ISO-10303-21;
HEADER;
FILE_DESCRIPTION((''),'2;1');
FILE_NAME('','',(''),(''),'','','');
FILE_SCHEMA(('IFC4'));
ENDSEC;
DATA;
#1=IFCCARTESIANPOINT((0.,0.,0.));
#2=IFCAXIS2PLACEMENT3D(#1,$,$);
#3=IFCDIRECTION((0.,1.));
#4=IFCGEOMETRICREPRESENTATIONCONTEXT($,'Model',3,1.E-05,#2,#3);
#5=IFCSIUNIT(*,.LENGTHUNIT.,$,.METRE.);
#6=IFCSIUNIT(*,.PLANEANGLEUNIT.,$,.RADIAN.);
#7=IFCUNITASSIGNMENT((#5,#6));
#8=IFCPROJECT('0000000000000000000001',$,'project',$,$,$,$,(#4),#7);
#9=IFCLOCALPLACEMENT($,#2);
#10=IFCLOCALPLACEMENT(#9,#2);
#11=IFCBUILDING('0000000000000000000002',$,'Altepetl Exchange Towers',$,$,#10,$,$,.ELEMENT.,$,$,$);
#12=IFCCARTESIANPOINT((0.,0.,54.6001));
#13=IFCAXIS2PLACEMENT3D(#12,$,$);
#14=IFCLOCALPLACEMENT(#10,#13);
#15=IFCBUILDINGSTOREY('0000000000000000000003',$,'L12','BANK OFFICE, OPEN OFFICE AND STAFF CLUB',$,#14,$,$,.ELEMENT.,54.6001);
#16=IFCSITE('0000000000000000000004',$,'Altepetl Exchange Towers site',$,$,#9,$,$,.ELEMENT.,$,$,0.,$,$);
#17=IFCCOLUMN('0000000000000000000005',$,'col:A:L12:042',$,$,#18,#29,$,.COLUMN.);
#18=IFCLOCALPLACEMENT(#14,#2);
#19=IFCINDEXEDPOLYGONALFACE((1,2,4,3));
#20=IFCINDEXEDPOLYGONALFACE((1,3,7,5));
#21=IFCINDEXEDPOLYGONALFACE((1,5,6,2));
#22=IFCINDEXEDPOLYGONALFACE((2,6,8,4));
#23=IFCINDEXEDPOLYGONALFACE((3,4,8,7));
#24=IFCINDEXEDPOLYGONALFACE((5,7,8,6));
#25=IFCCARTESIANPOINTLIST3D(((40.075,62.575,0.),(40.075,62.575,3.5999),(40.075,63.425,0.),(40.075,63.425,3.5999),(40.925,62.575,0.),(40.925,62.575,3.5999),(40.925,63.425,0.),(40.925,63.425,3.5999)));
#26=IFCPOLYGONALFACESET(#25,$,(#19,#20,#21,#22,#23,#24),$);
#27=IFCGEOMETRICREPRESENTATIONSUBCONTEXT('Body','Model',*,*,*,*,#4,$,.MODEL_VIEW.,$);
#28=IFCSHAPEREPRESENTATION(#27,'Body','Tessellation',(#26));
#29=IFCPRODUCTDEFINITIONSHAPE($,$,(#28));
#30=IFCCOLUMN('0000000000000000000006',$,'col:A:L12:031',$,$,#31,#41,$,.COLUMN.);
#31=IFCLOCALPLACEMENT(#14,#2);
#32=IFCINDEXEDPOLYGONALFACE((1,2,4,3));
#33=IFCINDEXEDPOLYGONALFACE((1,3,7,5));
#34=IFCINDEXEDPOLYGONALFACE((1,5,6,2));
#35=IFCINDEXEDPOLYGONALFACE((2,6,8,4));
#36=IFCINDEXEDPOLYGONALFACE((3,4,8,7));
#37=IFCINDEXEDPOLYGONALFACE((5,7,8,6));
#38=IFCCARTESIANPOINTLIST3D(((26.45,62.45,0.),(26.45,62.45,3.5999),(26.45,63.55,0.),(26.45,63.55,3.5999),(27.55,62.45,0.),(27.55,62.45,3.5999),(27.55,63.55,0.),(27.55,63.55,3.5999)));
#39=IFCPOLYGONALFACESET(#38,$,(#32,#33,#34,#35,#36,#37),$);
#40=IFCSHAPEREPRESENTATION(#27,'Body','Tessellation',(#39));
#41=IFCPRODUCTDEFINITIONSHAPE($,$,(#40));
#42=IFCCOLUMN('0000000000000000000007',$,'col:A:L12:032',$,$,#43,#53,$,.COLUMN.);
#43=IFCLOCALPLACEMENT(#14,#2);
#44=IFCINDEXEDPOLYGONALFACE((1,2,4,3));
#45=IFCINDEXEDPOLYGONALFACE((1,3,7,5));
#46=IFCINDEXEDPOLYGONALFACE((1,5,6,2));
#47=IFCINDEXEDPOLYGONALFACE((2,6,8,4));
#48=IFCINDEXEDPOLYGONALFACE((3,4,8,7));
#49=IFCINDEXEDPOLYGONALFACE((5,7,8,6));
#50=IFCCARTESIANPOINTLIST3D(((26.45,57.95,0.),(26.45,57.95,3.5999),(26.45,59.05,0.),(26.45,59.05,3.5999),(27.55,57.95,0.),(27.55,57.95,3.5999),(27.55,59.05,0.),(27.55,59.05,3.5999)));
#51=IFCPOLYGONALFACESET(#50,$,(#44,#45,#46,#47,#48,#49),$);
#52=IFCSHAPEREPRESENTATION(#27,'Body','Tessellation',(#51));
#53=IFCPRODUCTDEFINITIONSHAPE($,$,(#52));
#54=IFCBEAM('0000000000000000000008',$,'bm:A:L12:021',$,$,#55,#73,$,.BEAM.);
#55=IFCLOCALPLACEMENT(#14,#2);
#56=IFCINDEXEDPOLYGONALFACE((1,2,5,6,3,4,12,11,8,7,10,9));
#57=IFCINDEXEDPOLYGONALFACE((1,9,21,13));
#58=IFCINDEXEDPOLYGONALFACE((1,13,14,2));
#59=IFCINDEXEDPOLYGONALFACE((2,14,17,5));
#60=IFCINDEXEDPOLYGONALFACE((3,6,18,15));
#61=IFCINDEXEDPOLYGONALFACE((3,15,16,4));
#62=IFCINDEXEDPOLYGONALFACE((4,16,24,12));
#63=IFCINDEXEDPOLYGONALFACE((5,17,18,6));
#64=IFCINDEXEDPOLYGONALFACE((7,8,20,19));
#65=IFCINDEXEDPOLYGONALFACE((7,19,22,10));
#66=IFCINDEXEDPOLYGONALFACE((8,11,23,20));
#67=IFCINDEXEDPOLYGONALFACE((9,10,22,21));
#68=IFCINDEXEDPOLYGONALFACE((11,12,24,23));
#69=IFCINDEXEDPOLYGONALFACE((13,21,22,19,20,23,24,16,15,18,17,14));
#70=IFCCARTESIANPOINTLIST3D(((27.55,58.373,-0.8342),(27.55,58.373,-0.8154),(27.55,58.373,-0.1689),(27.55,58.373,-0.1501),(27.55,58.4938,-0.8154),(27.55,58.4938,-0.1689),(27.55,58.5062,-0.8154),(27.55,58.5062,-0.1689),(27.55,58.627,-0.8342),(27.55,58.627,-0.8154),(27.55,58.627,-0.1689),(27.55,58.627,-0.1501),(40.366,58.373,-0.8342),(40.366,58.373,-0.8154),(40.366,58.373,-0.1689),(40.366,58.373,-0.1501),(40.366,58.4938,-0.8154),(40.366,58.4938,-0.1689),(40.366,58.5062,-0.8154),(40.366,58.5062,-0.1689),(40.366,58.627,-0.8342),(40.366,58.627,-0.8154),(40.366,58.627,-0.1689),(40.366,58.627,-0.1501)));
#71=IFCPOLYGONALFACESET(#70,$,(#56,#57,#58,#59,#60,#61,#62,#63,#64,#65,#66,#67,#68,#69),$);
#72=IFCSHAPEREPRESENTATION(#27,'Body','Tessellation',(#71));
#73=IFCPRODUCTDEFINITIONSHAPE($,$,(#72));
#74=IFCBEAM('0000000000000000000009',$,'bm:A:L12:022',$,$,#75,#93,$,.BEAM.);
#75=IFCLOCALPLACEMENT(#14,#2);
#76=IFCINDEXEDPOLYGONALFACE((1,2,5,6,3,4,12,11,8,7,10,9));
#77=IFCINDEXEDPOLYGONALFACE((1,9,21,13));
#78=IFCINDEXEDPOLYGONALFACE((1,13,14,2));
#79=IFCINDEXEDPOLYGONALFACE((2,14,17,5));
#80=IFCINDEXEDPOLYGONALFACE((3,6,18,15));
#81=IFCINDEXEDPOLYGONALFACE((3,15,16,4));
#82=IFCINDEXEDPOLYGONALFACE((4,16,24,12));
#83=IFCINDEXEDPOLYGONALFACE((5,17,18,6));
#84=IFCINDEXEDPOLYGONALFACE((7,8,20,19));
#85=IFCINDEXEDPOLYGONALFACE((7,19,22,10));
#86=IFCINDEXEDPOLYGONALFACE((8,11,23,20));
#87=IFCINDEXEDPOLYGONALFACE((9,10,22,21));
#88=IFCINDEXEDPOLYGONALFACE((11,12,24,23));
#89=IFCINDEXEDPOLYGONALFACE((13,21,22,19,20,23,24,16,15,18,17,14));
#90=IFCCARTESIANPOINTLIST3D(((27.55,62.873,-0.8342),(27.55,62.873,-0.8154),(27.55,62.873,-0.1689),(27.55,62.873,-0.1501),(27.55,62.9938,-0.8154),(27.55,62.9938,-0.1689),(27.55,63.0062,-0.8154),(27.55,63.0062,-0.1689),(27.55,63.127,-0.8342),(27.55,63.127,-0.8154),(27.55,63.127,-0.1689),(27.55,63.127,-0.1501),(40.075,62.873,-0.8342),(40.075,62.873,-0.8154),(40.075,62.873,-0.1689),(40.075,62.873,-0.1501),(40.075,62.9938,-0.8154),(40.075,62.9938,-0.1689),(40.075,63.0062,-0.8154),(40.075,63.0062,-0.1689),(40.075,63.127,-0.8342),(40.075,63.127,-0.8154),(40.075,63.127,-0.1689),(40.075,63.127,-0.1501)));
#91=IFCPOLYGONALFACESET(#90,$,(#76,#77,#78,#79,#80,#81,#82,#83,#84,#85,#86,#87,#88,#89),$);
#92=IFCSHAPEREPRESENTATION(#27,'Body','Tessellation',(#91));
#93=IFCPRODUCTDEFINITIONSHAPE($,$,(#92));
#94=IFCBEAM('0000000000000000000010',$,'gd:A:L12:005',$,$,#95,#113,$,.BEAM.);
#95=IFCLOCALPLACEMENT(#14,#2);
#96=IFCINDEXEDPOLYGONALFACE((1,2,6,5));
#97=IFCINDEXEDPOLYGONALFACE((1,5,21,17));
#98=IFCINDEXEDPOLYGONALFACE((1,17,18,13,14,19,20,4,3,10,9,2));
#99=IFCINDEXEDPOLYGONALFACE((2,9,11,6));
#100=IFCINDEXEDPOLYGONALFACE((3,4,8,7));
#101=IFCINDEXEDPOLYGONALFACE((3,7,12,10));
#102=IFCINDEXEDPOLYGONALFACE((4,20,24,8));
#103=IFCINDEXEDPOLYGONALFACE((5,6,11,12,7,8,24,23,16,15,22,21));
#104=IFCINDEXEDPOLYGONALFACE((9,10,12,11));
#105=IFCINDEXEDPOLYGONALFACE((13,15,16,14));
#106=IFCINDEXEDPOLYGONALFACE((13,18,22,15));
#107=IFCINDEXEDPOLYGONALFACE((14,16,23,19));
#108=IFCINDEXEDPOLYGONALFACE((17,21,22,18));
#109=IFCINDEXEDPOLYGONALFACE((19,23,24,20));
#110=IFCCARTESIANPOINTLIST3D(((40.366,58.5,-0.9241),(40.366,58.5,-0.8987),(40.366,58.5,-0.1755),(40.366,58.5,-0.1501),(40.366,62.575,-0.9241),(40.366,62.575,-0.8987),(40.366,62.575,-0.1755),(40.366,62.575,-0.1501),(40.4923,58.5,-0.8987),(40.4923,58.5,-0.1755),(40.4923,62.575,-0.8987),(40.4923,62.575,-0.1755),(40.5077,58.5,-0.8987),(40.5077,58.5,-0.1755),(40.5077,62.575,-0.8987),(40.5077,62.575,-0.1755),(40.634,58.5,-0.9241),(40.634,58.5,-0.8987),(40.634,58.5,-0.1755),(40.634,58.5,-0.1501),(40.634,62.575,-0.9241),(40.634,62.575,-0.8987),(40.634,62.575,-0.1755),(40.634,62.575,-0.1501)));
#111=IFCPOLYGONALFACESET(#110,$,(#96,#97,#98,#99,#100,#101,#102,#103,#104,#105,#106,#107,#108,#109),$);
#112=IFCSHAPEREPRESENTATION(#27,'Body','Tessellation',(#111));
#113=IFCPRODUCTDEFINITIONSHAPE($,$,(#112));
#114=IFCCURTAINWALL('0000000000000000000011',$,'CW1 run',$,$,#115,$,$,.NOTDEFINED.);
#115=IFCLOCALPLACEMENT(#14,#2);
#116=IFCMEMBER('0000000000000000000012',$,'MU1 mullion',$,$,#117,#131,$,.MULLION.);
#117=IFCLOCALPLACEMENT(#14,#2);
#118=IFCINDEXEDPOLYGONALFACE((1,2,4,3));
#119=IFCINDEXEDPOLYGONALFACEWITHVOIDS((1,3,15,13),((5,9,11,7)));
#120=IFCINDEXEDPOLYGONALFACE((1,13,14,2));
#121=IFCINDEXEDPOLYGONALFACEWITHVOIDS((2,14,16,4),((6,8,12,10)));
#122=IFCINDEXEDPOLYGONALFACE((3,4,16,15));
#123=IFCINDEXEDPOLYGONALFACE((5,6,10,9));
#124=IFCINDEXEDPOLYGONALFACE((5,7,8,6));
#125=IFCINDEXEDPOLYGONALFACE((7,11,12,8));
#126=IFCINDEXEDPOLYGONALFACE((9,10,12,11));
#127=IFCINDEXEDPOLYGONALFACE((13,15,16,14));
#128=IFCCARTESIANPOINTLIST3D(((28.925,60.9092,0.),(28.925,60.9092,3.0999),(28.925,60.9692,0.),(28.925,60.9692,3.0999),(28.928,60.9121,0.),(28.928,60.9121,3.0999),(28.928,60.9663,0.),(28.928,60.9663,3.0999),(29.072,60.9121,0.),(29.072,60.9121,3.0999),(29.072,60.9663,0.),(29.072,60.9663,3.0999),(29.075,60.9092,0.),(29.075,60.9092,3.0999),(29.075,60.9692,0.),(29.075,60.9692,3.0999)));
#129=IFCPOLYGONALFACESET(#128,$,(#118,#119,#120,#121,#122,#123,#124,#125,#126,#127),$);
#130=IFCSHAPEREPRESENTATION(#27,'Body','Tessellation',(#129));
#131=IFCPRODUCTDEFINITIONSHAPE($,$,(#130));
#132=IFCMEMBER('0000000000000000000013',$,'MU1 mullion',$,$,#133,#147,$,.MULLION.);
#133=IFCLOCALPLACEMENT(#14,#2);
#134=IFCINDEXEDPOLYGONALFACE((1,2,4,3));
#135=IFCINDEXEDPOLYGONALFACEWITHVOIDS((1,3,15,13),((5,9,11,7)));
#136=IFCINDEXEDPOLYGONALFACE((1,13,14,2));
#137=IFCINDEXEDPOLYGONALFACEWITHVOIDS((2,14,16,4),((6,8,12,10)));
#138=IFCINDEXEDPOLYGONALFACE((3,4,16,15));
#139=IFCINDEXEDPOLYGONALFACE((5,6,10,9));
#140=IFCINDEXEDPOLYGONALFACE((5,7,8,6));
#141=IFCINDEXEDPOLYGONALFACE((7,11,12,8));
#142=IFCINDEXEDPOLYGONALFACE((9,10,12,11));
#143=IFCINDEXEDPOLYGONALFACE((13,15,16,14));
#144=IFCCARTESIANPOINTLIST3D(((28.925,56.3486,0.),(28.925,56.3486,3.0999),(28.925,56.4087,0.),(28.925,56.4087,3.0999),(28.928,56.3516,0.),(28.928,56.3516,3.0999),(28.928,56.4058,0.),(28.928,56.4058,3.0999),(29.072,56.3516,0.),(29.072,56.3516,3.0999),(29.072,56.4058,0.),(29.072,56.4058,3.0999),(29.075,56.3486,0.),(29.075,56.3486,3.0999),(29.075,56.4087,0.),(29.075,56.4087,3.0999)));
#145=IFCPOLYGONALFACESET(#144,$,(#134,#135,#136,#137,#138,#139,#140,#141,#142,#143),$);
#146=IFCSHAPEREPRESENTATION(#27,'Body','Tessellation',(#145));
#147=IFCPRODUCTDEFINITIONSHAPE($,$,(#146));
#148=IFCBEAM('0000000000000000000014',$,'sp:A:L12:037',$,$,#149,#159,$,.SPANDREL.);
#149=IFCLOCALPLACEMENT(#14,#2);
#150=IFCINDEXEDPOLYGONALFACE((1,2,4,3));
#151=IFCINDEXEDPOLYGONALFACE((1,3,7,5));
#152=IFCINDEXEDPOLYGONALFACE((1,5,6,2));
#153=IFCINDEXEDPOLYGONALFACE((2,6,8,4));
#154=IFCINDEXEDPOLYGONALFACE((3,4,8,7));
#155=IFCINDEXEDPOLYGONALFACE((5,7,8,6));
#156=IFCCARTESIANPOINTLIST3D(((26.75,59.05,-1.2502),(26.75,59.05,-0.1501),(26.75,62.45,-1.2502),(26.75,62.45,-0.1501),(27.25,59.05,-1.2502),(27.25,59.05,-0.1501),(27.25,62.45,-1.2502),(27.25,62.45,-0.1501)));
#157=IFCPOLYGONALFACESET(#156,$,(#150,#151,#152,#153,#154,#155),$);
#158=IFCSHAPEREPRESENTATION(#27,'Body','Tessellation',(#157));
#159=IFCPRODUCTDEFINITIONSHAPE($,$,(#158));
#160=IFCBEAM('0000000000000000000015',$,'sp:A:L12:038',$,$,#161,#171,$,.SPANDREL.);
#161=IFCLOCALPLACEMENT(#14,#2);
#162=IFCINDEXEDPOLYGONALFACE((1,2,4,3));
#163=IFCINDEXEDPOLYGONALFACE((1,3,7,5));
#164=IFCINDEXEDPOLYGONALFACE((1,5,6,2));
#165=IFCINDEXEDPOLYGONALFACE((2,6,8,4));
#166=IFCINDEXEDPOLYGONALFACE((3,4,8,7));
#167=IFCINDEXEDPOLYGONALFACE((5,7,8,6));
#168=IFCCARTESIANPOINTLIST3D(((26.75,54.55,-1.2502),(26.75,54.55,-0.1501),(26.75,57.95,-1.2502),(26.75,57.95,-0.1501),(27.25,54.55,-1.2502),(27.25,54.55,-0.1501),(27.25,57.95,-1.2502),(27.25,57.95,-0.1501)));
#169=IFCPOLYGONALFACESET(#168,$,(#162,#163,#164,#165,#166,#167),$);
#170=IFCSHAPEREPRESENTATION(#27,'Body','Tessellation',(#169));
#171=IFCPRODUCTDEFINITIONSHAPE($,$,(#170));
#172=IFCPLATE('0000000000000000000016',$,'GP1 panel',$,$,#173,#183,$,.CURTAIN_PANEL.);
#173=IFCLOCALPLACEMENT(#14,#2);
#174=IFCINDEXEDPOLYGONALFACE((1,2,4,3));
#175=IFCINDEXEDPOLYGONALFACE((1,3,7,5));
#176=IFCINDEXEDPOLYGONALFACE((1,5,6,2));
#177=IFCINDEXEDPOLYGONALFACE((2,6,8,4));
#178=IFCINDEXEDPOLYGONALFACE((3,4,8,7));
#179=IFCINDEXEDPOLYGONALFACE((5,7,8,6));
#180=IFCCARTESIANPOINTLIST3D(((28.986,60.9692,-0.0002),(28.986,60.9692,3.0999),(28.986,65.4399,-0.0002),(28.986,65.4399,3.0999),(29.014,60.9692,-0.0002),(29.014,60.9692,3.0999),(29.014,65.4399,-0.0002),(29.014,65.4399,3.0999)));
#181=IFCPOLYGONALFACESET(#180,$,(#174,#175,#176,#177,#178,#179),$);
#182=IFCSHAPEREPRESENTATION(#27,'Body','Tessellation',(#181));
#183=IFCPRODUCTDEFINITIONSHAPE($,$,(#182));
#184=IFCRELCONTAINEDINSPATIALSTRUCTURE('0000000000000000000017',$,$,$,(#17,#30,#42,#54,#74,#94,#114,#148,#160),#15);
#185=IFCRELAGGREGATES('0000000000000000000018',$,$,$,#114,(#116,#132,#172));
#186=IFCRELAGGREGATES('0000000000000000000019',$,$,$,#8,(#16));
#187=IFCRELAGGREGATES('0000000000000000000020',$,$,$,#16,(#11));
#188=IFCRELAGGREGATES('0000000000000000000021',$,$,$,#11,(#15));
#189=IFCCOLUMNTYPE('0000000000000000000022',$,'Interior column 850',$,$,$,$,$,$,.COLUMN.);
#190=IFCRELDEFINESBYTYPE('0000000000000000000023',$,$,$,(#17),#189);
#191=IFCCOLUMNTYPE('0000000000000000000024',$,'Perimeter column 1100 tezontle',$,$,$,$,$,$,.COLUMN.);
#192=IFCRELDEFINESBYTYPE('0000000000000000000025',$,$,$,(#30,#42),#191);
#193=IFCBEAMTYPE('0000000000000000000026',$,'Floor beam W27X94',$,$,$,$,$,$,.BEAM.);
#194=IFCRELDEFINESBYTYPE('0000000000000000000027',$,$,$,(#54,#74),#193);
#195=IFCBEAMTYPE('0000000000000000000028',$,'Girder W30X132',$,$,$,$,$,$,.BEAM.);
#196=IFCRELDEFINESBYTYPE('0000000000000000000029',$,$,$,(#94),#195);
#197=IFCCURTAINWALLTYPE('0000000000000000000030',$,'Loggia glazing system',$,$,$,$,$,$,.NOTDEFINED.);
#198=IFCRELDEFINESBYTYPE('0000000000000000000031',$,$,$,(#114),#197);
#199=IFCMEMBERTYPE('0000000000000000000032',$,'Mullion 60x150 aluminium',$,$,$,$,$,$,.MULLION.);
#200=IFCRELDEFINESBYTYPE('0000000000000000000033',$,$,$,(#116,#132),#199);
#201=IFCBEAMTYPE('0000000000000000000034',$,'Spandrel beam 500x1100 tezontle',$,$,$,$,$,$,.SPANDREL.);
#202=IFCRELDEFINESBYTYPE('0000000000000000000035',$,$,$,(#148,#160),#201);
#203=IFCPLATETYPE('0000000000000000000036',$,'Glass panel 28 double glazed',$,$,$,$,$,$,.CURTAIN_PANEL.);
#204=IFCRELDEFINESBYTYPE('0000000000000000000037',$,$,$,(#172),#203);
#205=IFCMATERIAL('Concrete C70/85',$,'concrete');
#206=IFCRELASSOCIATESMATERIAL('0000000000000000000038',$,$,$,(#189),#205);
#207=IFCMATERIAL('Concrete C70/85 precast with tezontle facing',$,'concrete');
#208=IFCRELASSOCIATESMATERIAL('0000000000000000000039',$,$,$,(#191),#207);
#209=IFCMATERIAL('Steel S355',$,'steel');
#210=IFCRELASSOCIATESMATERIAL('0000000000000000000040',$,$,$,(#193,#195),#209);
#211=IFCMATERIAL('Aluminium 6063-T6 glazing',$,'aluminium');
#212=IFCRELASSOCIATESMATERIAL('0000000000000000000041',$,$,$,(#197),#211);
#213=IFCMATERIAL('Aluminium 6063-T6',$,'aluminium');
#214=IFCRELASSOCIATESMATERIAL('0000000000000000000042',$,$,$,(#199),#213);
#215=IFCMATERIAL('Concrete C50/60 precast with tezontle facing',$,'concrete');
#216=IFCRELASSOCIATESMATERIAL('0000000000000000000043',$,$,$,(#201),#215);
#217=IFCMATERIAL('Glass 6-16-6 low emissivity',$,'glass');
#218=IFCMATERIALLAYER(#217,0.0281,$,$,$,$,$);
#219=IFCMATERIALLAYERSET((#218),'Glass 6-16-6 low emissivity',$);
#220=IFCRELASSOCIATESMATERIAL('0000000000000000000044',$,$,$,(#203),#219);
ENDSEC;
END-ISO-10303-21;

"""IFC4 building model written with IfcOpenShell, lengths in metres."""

from ifc_helpers import new_model, si_unit, direction, frame, origin, origin_2d, place, context, subcontext, project, spatial, rectangle, hollow_rectangle, i_section, extrude, material, layer, layer_set, material_profile, profile_set, type_object, element, aggregate, save


model = new_model("IFC4")

# Units and contexts
model_context = context("Model", 3, precision=1e-05, world=origin(), true_north=direction((0.0, 1.0)))
body_context = subcontext(model_context, "Body", "Model", "MODEL_VIEW")
ifc_project = project(units=[si_unit("LENGTHUNIT", "METRE"), si_unit("PLANEANGLEUNIT", "RADIAN")], contexts=[model_context])

# Site, building, storey
site_placement = place(None, origin())
site = spatial("IfcSite", under=ifc_project, at=site_placement, Name="Altepetl Exchange Towers site", CompositionType="ELEMENT", RefElevation=0.0)
building_placement = place(site_placement, origin())
building = spatial("IfcBuilding", under=site, at=building_placement, Name="Altepetl Exchange Towers", CompositionType="ELEMENT")
storey_placement = place(building_placement, frame((0.0, 0.0, 54.6001)))
storey = spatial("IfcBuildingStorey", under=building, at=storey_placement, Name="L12", Description="BANK OFFICE, OPEN OFFICE AND STAFF CLUB", CompositionType="ELEMENT", Elevation=54.6001)

# Columns
ifc_material_1 = material(Name="Concrete C70/85", Category="concrete")
ifc_material_profile_1 = material_profile(ifc_material_1, rectangle(XDim=0.8501, YDim=0.8501, at=origin_2d()), Name="850 x 850")
ifc_profile_set_1 = profile_set([ifc_material_profile_1], Name="Concrete C70/85")
column_type_1 = type_object("IfcColumnType", Name="Interior column 850", PredefinedType="COLUMN", material=ifc_profile_set_1)
column_placement = place(storey_placement, frame((40.5, 63.0, 0.0)))
element("IfcColumn", 1, at=column_placement, inside=storey, type_object=column_type_1, Name="col:A:L12:042", PredefinedType="COLUMN", context=body_context, shape_type="SweptSolid", body=[
    extrude(rectangle(XDim=0.8501, YDim=0.8501, at=origin_2d()), origin(), (0.0, 0.0, 1.0), 3.5999),
])
ifc_material_2 = material(Name="Concrete C70/85 precast with tezontle facing", Category="concrete")
ifc_material_profile_2 = material_profile(ifc_material_2, rectangle(XDim=1.1001, YDim=1.1001, at=origin_2d()), Name="1100 x 1100")
ifc_profile_set_2 = profile_set([ifc_material_profile_2], Name="Concrete C70/85 precast with tezontle facing")
column_type_2 = type_object("IfcColumnType", Name="Perimeter column 1100 tezontle", PredefinedType="COLUMN", material=ifc_profile_set_2)
for number, where, name in (
    (2, (27.0, 63.0, 0.0), "col:A:L12:031"),
    (3, (27.0, 58.5, 0.0), "col:A:L12:032"),
):
    element("IfcColumn", number, at=place(storey_placement, frame(where)), inside=storey, type_object=column_type_2, Name=name, PredefinedType="COLUMN", context=body_context, shape_type="SweptSolid", body=[
        extrude(rectangle(XDim=1.1001, YDim=1.1001, at=origin_2d()), origin(), (0.0, 0.0, 1.0), 3.5999),
    ])

# Beams
ifc_material_3 = material(Name="Steel S355", Category="steel")
ifc_material_profile_3 = material_profile(ifc_material_3, i_section(OverallWidth=0.2539, OverallDepth=0.6841, WebThickness=0.0125, FlangeThickness=0.0188, at=origin_2d()), Name="W27X94")
ifc_profile_set_3 = profile_set([ifc_material_profile_3], Name="Steel S355")
beam_type_1 = type_object("IfcBeamType", Name="Floor beam W27X94", PredefinedType="BEAM", material=ifc_profile_set_3)
beam_1_placement = place(storey_placement, frame((27.55, 58.5, -0.4922), z_axis=(1.0, 0.0, 0.0), x_axis=(0.0, 1.0, 0.0)))
element("IfcBeam", 4, at=beam_1_placement, inside=storey, type_object=beam_type_1, Name="bm:A:L12:021", PredefinedType="BEAM", context=body_context, shape_type="SweptSolid", body=[
    extrude(i_section(OverallWidth=0.2539, OverallDepth=0.6841, WebThickness=0.0125, FlangeThickness=0.0188, at=origin_2d()), origin(), (0.0, 0.0, 1.0), 12.8159),
])
beam_2_placement = place(storey_placement, frame((27.55, 63.0, -0.4922), z_axis=(1.0, 0.0, 0.0), x_axis=(0.0, 1.0, 0.0)))
element("IfcBeam", 5, at=beam_2_placement, inside=storey, type_object=beam_type_1, Name="bm:A:L12:022", PredefinedType="BEAM", context=body_context, shape_type="SweptSolid", body=[
    extrude(i_section(OverallWidth=0.2539, OverallDepth=0.6841, WebThickness=0.0125, FlangeThickness=0.0188, at=origin_2d()), origin(), (0.0, 0.0, 1.0), 12.5249),
])
ifc_material_profile_4 = material_profile(ifc_material_3, i_section(OverallWidth=0.2681, OverallDepth=0.7739, WebThickness=0.0154, FlangeThickness=0.0254, at=origin_2d()), Name="W30X132")
ifc_profile_set_4 = profile_set([ifc_material_profile_4], Name="Steel S355")
beam_type_2 = type_object("IfcBeamType", Name="Girder W30X132", PredefinedType="BEAM", material=ifc_profile_set_4)
beam_3_placement = place(storey_placement, frame((40.5, 62.575, -0.5371), z_axis=(0.0, -1.0, 0.0), x_axis=(1.0, 0.0, 0.0)))
element("IfcBeam", 6, at=beam_3_placement, inside=storey, type_object=beam_type_2, Name="gd:A:L12:005", PredefinedType="BEAM", context=body_context, shape_type="SweptSolid", body=[
    extrude(i_section(OverallWidth=0.2681, OverallDepth=0.7739, WebThickness=0.0154, FlangeThickness=0.0254, at=origin_2d()), origin(), (0.0, 0.0, 1.0), 4.075),
])

# Curtain wall, members
ifc_material_4 = material(Name="Aluminium 6063-T6 glazing", Category="aluminium")
curtain_wall_type = type_object("IfcCurtainWallType", Name="Loggia glazing system", PredefinedType="NOTDEFINED", material=ifc_material_4)
curtain_wall_placement = place(storey_placement, origin())
curtain_wall = element("IfcCurtainWall", 7, at=curtain_wall_placement, inside=storey, type_object=curtain_wall_type, Name="CW1 run", PredefinedType="NOTDEFINED")
ifc_material_5 = material(Name="Aluminium 6063-T6", Category="aluminium")
ifc_material_profile_5 = material_profile(ifc_material_5, hollow_rectangle(XDim=0.0601, YDim=0.1499, WallThickness=0.0029, at=origin_2d()), Name="Mullion 60x150 aluminium")
ifc_profile_set_5 = profile_set([ifc_material_profile_5], Name="Aluminium 6063-T6")
member_type = type_object("IfcMemberType", Name="Mullion 60x150 aluminium", PredefinedType="MULLION", material=ifc_profile_set_5)
member_1_placement = place(storey_placement, frame((29.0, 60.9392, 0.0), z_axis=(0.0, 0.0, 1.0), x_axis=(0.0, -1.0, 0.0)))
member_1 = element("IfcMember", 8, at=member_1_placement, type_object=member_type, Name="MU1 mullion", PredefinedType="MULLION", context=body_context, shape_type="SweptSolid", body=[
    extrude(hollow_rectangle(XDim=0.0601, YDim=0.1499, WallThickness=0.0029, at=origin_2d()), origin(), (0.0, 0.0, 1.0), 3.0999),
])
member_2_placement = place(storey_placement, frame((29.0, 56.3787, 0.0), z_axis=(0.0, 0.0, 1.0), x_axis=(0.0, -1.0, 0.0)))
member_2 = element("IfcMember", 9, at=member_2_placement, type_object=member_type, Name="MU1 mullion", PredefinedType="MULLION", context=body_context, shape_type="SweptSolid", body=[
    extrude(hollow_rectangle(XDim=0.0601, YDim=0.1499, WallThickness=0.0029, at=origin_2d()), origin(), (0.0, 0.0, 1.0), 3.0999),
])

# Beams
ifc_material_6 = material(Name="Concrete C50/60 precast with tezontle facing", Category="concrete")
ifc_material_profile_6 = material_profile(ifc_material_6, rectangle(XDim=0.5, YDim=1.1001, at=origin_2d()), Name="500 x 1100")
ifc_profile_set_6 = profile_set([ifc_material_profile_6], Name="Concrete C50/60 precast with tezontle facing")
beam_type_3 = type_object("IfcBeamType", Name="Spandrel beam 500x1100 tezontle", PredefinedType="SPANDREL", material=ifc_profile_set_6)
for number, where, z_axis, x_axis, name in (
    (10, (27.0, 62.45, -0.7002), (0.0, -1.0, 0.0), (1.0, 0.0, 0.0), "sp:A:L12:037"),
    (11, (27.0, 57.95, -0.7002), (0.0, -1.0, 0.0), (1.0, 0.0, 0.0), "sp:A:L12:038"),
):
    element("IfcBeam", number, at=place(storey_placement, frame(where, z_axis=z_axis, x_axis=x_axis)), inside=storey, type_object=beam_type_3, Name=name, PredefinedType="SPANDREL", context=body_context, shape_type="SweptSolid", body=[
        extrude(rectangle(XDim=0.5, YDim=1.1001, at=origin_2d()), origin(), (0.0, 0.0, 1.0), 3.3999),
    ])

# Plate
ifc_material_7 = material(Name="Glass 6-16-6 low emissivity", Category="glass")
ifc_layer_1 = layer(ifc_material_7, 0.0281)
ifc_layer_set_1 = layer_set([ifc_layer_1], Name="Glass 6-16-6 low emissivity")
plate_type = type_object("IfcPlateType", Name="Glass panel 28 double glazed", PredefinedType="CURTAIN_PANEL", material=ifc_layer_set_1)
plate_1_placement = place(storey_placement, frame((29.0, 63.2046, -0.0002), z_axis=(0.0, 0.0, 1.0), x_axis=(0.0, -1.0, 0.0)))
plate_1 = element("IfcPlate", 12, at=plate_1_placement, type_object=plate_type, Name="GP1 panel", PredefinedType="CURTAIN_PANEL", context=body_context, shape_type="SweptSolid", body=[
    extrude(rectangle(XDim=4.4707, YDim=0.0281, at=origin_2d()), origin(), (0.0, 0.0, 1.0), 3.1001),
])
aggregate(curtain_wall, [member_1, member_2, plate_1])

save(model, "model.ifc")
